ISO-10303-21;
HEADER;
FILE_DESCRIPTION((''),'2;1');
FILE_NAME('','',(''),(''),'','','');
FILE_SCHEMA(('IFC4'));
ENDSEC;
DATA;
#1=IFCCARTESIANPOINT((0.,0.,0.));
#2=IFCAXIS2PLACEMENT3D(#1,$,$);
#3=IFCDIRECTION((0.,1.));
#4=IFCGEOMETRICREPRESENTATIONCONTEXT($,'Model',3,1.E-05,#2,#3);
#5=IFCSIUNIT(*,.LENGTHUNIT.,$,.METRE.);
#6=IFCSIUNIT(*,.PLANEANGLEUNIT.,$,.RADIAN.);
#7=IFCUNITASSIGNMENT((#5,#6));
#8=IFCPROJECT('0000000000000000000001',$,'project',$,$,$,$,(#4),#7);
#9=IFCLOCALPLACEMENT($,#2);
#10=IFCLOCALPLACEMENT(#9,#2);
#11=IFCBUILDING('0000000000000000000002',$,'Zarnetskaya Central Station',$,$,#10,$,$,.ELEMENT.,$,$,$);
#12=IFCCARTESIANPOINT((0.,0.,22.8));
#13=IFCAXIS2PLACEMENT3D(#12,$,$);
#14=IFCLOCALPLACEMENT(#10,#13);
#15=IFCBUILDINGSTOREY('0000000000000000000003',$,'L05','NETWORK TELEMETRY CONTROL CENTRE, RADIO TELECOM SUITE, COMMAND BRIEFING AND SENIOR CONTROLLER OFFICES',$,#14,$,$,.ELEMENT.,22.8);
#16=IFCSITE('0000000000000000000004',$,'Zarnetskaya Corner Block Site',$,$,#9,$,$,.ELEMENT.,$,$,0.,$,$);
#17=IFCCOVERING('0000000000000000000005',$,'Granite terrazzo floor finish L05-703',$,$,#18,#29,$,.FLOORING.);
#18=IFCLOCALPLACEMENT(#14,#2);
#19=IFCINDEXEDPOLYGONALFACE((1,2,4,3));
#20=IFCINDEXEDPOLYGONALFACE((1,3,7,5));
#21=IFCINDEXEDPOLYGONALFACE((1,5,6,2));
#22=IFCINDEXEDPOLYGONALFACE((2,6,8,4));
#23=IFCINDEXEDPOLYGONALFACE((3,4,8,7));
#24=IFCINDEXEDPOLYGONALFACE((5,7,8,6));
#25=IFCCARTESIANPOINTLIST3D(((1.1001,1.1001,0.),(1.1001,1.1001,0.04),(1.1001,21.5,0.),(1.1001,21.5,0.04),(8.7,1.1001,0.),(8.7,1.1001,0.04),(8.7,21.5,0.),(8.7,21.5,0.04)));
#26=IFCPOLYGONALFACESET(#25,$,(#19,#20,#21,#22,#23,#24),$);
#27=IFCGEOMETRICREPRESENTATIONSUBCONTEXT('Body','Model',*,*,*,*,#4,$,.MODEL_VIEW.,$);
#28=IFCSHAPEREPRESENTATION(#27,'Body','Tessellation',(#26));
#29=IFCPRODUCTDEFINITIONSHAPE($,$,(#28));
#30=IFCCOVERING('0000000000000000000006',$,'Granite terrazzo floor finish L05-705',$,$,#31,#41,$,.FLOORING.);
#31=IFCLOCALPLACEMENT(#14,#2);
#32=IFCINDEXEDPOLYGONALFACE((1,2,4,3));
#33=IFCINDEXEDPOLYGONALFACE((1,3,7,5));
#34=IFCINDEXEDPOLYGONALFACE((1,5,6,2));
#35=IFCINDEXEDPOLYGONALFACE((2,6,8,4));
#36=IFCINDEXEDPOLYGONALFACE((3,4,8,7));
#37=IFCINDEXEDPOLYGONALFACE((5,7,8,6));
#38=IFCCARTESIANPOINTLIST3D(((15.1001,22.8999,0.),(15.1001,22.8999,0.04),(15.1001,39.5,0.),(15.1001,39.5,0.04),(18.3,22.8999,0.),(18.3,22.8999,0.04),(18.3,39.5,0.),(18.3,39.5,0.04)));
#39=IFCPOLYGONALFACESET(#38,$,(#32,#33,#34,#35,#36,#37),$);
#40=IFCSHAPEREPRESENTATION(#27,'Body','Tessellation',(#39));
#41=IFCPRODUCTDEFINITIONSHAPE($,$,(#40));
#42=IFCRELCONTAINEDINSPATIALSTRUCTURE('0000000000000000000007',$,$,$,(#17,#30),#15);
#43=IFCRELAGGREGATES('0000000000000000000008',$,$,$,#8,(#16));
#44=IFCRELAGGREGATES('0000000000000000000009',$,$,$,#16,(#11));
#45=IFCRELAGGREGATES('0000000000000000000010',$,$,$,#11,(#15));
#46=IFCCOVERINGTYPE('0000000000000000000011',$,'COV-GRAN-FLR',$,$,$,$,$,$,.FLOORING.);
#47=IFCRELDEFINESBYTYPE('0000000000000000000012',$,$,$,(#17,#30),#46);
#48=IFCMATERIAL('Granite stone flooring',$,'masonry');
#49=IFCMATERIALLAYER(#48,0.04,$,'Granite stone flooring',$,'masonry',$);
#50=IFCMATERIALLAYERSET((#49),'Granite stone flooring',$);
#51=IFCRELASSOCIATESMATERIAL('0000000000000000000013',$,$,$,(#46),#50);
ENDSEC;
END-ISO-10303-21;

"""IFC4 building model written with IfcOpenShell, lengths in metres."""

from ifc_helpers import new_model, si_unit, direction, frame, origin, place, context, subcontext, project, spatial, polyline, outline, extrude, material, layer, layer_set, type_object, element, save


model = new_model("IFC4")

# Units and contexts
model_context = context("Model", 3, precision=1e-05, world=origin(), true_north=direction((0.0, 1.0)))
body_context = subcontext(model_context, "Body", "Model", "MODEL_VIEW")
ifc_project = project(units=[si_unit("LENGTHUNIT", "METRE"), si_unit("PLANEANGLEUNIT", "RADIAN")], contexts=[model_context])

# Site, building, storey
site_placement = place(None, origin())
site = spatial("IfcSite", under=ifc_project, at=site_placement, Name="Zarnetskaya Corner Block Site", CompositionType="ELEMENT", RefElevation=0.0)
building_placement = place(site_placement, origin())
building = spatial("IfcBuilding", under=site, at=building_placement, Name="Zarnetskaya Central Station", CompositionType="ELEMENT")
storey_placement = place(building_placement, frame((0.0, 0.0, 22.8)))
storey = spatial("IfcBuildingStorey", under=building, at=storey_placement, Name="L05", Description="NETWORK TELEMETRY CONTROL CENTRE, RADIO TELECOM SUITE, COMMAND BRIEFING AND SENIOR CONTROLLER OFFICES", CompositionType="ELEMENT", Elevation=22.8)

# Coverings
ifc_material_1 = material(Name="Granite stone flooring", Category="masonry")
ifc_layer_1 = layer(ifc_material_1, 0.04, Name="Granite stone flooring", Category="masonry")
ifc_layer_set_1 = layer_set([ifc_layer_1], Name="Granite stone flooring")
covering_type = type_object("IfcCoveringType", Name="COV-GRAN-FLR", PredefinedType="FLOORING", material=ifc_layer_set_1)
covering_1_placement = place(storey_placement, origin())
element("IfcCovering", 1, at=covering_1_placement, inside=storey, type_object=covering_type, Name="Granite terrazzo floor finish L05-703", PredefinedType="FLOORING", context=body_context, shape_type="SweptSolid", body=[
    extrude(outline(polyline([(1.1001, 1.1001), (8.7, 1.1001), (8.7, 21.5), (1.1001, 21.5), (1.1001, 1.1001)])), origin(), (0.0, 0.0, 1.0), 0.04),
])
covering_2_placement = place(storey_placement, origin())
element("IfcCovering", 2, at=covering_2_placement, inside=storey, type_object=covering_type, Name="Granite terrazzo floor finish L05-705", PredefinedType="FLOORING", context=body_context, shape_type="SweptSolid", body=[
    extrude(outline(polyline([(15.1001, 22.8999), (18.3, 22.8999), (18.3, 39.5), (15.1001, 39.5), (15.1001, 22.8999)])), origin(), (0.0, 0.0, 1.0), 0.04),
])

save(model, "model.ifc")
